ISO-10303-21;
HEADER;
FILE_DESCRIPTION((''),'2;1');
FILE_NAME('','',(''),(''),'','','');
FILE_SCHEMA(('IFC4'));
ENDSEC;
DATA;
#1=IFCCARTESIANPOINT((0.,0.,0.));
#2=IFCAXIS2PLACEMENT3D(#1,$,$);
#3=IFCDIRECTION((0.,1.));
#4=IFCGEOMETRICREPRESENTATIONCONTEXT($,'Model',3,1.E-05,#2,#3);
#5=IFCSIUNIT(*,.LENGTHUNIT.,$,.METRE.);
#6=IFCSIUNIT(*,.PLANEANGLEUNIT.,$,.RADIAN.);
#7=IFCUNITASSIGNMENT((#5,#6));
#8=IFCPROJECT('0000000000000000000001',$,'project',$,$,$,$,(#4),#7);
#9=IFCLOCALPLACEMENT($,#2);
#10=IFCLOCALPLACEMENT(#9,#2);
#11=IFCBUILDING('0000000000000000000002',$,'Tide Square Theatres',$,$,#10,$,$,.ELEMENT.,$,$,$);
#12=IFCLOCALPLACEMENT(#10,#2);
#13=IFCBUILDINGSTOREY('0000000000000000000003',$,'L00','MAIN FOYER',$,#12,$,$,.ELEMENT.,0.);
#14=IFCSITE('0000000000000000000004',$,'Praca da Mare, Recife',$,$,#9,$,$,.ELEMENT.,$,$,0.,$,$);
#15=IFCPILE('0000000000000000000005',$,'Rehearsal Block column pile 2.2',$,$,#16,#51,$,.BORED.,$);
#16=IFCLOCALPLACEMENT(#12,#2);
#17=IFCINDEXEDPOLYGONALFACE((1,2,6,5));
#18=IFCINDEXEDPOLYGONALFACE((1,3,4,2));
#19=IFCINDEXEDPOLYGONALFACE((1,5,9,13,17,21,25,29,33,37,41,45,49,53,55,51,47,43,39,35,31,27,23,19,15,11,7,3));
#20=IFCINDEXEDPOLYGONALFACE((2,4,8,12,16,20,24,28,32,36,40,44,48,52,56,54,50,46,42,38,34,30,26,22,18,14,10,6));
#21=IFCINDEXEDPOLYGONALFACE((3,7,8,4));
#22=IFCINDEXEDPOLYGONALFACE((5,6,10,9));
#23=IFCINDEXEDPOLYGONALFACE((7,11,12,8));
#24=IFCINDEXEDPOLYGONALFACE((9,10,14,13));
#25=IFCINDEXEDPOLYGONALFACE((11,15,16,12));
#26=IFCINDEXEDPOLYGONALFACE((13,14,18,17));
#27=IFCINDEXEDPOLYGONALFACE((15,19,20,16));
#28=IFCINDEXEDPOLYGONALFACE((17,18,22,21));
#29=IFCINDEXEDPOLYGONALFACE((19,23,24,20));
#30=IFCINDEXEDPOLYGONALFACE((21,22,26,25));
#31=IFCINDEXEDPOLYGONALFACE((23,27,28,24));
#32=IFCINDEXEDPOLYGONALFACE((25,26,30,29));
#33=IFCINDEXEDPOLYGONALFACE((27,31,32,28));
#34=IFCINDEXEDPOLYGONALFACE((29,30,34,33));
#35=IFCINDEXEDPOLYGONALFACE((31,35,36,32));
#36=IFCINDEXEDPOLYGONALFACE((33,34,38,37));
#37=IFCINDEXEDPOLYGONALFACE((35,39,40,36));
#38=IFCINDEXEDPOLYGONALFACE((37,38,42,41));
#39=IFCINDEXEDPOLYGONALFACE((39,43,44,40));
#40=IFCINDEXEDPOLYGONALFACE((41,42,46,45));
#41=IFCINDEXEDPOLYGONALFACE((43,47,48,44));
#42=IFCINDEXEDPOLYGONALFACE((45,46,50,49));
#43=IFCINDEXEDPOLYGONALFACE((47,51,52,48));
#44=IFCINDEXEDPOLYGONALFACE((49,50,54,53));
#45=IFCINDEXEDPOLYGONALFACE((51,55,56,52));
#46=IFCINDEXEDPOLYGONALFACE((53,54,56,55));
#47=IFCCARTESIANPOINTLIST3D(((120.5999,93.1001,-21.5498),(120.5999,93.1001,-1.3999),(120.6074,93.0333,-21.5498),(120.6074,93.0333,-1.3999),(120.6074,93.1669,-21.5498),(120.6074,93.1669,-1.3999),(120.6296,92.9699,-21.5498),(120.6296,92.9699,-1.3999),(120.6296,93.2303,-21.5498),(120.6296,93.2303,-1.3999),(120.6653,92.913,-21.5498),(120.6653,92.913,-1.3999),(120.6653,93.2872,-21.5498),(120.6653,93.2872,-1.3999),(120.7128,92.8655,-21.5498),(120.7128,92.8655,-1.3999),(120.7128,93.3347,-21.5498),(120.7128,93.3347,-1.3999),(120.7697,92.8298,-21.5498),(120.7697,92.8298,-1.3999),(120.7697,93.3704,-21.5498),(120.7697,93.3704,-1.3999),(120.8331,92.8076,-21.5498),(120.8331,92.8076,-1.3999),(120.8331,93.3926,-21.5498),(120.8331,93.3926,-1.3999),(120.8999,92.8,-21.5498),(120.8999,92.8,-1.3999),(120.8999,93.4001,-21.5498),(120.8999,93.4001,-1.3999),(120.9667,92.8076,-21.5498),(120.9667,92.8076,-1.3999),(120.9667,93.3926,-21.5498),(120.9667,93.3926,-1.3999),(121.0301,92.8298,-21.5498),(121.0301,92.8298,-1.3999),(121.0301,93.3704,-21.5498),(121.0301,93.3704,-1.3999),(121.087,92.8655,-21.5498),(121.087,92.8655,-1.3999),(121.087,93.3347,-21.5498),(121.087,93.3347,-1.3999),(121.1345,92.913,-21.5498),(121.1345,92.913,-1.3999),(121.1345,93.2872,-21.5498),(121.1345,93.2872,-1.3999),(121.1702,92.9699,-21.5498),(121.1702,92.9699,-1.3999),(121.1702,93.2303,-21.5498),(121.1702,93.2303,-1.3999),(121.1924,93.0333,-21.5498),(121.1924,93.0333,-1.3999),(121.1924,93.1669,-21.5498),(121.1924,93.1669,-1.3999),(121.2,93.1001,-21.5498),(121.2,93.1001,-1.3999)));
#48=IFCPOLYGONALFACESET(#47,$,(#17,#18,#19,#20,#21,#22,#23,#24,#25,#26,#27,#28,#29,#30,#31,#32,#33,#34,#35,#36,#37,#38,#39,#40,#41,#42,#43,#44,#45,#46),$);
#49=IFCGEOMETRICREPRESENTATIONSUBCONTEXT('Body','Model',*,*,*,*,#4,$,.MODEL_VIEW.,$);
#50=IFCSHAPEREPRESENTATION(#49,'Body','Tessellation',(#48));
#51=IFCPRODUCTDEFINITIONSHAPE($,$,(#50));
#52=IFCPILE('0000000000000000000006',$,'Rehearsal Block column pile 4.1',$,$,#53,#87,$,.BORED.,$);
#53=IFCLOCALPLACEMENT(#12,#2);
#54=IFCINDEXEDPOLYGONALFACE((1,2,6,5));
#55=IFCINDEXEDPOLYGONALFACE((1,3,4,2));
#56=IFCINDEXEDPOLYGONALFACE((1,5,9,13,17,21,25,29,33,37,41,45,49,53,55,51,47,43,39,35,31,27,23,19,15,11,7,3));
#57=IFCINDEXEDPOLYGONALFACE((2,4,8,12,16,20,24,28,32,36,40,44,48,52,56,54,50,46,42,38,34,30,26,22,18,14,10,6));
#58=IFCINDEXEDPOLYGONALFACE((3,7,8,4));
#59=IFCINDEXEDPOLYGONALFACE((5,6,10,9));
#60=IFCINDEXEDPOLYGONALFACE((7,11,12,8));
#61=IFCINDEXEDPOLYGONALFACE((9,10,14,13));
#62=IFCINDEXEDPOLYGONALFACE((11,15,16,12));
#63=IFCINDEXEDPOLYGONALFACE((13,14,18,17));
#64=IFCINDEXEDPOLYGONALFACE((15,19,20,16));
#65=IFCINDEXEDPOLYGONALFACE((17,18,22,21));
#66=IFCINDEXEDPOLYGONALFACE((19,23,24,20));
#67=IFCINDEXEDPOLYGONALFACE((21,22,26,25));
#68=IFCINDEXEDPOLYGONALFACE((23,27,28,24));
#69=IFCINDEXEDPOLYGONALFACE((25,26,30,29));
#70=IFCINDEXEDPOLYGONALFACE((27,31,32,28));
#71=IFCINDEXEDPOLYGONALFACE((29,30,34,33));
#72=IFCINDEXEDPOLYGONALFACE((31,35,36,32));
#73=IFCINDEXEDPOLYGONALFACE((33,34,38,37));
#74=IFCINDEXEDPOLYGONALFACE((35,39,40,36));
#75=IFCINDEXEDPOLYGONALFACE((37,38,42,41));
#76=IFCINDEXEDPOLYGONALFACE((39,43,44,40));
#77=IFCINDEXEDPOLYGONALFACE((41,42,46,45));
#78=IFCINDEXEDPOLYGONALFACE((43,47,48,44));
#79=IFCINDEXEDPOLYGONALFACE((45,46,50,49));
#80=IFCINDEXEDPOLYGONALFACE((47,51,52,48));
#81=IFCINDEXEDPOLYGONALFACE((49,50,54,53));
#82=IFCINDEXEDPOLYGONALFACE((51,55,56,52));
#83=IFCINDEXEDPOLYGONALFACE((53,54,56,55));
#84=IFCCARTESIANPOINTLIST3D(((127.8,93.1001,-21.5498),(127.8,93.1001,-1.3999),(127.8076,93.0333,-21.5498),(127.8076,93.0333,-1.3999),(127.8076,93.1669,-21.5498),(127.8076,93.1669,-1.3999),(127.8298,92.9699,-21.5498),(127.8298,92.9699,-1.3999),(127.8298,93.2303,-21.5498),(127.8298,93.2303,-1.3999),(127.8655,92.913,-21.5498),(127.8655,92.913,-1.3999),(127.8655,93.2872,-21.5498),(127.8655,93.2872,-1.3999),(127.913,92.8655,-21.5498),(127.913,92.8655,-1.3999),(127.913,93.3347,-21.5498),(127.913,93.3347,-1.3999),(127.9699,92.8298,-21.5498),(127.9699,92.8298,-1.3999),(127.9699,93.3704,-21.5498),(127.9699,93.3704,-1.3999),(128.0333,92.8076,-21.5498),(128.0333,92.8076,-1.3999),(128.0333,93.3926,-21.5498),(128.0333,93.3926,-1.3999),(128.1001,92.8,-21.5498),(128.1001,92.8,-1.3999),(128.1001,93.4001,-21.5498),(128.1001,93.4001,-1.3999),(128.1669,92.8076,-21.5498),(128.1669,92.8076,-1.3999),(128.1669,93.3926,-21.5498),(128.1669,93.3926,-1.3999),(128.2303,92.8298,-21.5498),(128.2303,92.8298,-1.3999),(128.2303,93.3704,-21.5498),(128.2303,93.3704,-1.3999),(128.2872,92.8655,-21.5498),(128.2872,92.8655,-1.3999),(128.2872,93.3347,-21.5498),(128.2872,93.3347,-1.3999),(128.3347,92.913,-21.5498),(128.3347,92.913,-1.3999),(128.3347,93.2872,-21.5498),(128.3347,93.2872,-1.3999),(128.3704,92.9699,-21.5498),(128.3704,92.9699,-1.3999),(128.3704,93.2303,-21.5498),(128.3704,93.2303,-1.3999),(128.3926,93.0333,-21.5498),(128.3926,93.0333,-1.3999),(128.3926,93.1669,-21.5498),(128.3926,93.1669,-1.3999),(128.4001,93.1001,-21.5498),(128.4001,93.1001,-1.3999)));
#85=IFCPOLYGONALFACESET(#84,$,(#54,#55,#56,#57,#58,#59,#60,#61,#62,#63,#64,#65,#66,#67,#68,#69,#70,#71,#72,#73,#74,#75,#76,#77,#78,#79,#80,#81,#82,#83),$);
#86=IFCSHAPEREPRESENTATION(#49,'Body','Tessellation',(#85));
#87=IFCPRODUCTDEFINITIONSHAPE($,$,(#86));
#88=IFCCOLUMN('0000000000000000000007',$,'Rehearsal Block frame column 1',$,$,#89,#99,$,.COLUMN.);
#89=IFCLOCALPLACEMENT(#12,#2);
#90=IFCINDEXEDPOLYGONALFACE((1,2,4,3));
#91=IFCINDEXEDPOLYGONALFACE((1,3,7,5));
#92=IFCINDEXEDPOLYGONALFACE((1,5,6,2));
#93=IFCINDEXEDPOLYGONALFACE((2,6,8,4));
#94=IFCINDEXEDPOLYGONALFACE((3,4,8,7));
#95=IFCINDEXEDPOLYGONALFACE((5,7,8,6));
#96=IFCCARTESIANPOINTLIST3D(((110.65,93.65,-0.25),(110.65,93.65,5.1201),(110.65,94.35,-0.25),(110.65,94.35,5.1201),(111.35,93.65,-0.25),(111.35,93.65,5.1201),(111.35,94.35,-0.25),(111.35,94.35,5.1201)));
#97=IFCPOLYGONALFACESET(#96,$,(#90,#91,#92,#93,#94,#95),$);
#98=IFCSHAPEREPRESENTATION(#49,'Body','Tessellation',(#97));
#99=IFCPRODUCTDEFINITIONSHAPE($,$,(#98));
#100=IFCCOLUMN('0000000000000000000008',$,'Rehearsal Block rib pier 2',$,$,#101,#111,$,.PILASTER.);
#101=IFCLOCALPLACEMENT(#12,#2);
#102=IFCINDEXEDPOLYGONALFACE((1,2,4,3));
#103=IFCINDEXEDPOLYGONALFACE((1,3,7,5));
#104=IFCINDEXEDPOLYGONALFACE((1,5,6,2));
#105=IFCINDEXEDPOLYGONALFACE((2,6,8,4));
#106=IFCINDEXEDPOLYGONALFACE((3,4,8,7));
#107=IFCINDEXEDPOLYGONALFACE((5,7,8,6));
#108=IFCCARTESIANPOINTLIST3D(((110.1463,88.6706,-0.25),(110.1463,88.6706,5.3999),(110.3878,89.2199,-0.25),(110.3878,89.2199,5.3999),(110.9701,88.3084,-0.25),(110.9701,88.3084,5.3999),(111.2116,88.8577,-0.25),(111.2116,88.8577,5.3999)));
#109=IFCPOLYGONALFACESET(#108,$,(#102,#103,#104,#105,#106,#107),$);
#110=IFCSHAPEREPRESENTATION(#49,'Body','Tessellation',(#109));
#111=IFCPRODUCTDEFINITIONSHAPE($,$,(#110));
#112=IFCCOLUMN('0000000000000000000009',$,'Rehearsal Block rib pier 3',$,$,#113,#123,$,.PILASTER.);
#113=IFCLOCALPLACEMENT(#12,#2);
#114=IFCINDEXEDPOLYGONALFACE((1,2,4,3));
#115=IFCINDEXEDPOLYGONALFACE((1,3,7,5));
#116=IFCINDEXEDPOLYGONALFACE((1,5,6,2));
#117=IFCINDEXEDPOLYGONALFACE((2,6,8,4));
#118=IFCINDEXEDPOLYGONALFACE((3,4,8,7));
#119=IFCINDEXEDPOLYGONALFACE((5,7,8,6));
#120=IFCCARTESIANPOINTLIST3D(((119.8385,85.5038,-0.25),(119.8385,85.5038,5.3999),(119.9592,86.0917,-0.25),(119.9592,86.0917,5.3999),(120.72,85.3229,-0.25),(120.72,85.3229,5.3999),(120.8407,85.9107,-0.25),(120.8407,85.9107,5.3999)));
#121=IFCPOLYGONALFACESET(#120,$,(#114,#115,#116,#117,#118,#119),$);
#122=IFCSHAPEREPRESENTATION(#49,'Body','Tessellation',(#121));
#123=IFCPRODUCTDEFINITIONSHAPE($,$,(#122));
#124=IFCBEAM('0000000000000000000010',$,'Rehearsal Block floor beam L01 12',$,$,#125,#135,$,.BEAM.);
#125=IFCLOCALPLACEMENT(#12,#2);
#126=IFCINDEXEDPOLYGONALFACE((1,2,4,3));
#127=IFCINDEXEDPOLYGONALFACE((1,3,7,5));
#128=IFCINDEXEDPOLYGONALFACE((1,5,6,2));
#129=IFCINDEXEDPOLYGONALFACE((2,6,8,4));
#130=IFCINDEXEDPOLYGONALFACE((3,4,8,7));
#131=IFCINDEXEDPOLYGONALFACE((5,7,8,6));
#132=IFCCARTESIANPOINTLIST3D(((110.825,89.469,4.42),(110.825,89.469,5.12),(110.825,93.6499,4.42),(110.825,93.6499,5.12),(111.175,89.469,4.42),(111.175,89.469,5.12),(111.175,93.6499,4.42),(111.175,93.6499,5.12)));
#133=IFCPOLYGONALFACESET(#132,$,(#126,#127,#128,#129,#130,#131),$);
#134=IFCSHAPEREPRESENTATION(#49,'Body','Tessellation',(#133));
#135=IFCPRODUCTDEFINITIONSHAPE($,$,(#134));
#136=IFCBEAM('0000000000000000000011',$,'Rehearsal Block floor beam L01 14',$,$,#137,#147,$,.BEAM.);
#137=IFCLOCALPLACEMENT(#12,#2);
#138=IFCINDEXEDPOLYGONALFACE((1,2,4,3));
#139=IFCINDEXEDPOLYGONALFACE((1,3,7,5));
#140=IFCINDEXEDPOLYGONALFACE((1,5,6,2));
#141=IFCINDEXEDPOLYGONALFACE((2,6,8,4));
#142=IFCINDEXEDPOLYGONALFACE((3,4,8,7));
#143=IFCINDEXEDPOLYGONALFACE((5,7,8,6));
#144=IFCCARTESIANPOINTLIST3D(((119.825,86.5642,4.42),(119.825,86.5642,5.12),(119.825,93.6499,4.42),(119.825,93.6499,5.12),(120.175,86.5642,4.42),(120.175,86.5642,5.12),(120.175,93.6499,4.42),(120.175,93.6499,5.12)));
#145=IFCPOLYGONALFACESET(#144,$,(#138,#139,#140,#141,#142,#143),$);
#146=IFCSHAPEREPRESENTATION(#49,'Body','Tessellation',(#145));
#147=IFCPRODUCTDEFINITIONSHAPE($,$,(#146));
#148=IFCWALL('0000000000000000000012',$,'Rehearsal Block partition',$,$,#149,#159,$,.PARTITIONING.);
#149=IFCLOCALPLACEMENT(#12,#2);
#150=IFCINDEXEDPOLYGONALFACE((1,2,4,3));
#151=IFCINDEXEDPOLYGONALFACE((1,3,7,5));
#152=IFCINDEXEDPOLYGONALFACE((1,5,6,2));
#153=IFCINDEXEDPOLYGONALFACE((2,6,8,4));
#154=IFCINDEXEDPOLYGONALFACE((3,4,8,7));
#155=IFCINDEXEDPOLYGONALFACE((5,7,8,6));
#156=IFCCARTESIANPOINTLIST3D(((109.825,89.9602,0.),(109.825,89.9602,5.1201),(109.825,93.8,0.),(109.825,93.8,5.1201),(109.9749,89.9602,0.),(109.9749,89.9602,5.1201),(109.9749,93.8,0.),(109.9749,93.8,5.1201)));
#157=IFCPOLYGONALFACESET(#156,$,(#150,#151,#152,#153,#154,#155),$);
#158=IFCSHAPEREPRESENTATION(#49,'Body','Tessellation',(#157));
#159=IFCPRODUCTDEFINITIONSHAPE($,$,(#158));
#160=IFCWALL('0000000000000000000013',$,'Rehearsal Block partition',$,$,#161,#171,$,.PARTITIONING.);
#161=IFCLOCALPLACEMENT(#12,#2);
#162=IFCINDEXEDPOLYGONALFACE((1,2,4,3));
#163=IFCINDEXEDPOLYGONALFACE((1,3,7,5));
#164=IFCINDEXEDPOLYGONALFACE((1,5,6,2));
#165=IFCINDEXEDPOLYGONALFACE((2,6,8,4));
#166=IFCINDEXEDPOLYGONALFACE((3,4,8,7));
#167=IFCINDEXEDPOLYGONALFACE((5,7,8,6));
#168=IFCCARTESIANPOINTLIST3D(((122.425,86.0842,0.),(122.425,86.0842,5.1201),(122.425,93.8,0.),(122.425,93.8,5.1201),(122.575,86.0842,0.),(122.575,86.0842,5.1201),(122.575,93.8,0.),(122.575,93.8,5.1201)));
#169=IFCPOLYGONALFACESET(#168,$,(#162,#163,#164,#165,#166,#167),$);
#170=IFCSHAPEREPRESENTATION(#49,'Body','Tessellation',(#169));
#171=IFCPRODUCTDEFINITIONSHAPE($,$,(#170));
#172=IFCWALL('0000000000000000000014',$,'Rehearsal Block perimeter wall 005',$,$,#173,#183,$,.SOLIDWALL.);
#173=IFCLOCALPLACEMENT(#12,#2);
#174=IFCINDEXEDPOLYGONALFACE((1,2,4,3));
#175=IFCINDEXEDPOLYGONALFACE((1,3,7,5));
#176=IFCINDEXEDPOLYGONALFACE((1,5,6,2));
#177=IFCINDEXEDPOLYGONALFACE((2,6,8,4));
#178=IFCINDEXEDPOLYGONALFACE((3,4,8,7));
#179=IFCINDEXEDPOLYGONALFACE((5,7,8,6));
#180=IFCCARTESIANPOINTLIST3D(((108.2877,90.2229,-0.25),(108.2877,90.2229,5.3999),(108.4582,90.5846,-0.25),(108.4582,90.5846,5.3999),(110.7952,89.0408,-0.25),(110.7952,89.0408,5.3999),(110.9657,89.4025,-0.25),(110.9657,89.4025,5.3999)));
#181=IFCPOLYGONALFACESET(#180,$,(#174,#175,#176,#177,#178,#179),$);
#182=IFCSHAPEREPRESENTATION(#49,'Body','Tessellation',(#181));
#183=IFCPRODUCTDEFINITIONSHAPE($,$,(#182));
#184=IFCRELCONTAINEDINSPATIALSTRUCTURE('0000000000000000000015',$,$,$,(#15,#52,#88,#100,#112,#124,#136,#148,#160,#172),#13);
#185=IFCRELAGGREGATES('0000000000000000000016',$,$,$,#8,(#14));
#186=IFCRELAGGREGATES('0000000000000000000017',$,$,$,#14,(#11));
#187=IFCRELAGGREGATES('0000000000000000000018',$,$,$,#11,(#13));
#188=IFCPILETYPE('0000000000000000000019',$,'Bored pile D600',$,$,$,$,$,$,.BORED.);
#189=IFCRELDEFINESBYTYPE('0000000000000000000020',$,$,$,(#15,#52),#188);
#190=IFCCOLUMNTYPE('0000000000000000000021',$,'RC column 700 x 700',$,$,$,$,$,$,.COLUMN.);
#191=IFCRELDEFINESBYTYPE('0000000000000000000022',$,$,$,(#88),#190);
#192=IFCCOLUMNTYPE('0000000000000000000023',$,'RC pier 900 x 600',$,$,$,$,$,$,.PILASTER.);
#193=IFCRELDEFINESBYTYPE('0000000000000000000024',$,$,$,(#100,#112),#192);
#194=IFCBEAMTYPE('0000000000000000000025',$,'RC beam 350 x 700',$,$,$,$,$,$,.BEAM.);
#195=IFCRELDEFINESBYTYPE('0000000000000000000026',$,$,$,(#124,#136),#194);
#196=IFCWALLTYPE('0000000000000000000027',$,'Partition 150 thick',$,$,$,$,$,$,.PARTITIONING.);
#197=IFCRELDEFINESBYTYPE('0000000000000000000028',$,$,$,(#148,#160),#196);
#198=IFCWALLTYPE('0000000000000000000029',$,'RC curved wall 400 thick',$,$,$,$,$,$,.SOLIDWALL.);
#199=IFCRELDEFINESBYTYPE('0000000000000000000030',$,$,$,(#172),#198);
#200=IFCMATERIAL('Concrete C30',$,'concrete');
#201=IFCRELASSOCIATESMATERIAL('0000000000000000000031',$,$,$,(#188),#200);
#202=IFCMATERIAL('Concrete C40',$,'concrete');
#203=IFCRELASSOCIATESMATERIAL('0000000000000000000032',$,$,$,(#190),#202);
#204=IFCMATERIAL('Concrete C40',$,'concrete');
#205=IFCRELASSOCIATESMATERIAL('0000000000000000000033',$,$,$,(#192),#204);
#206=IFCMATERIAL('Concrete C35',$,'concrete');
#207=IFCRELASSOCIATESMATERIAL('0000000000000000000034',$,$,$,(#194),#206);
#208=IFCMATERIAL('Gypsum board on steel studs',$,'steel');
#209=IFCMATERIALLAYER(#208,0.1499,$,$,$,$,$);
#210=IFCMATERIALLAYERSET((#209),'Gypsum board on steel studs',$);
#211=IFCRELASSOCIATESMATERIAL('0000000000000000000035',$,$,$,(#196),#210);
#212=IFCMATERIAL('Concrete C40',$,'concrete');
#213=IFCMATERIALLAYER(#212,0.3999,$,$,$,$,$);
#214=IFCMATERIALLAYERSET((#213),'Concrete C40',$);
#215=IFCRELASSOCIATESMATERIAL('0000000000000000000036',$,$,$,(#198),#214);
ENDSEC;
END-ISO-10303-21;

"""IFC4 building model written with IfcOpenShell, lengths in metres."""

from ifc_helpers import new_model, si_unit, direction, frame, frame_2d, origin, origin_2d, place, context, subcontext, project, spatial, rectangle, circle, extrude, material, layer, layer_set, material_profile, profile_set, type_object, element, save


model = new_model("IFC4")

# Units and contexts
model_context = context("Model", 3, precision=1e-05, world=origin(), true_north=direction((0.0, 1.0)))
body_context = subcontext(model_context, "Body", "Model", "MODEL_VIEW")
ifc_project = project(units=[si_unit("LENGTHUNIT", "METRE"), si_unit("PLANEANGLEUNIT", "RADIAN")], contexts=[model_context])

# Site, building, storey
site_placement = place(None, origin())
site = spatial("IfcSite", under=ifc_project, at=site_placement, Name="Praca da Mare, Recife", CompositionType="ELEMENT", RefElevation=0.0)
building_placement = place(site_placement, origin())
building = spatial("IfcBuilding", under=site, at=building_placement, Name="Tide Square Theatres", CompositionType="ELEMENT")
storey_placement = place(building_placement, origin())
storey = spatial("IfcBuildingStorey", under=building, at=storey_placement, Name="L00", Description="MAIN FOYER", CompositionType="ELEMENT", Elevation=0.0)

# Piles
ifc_material_1 = material(Name="Concrete C30", Category="concrete")
ifc_material_profile_1 = material_profile(ifc_material_1, circle(Radius=0.3, at=origin_2d()))
ifc_profile_set_1 = profile_set([ifc_material_profile_1], Name="Concrete C30")
pile_type = type_object("IfcPileType", Name="Bored pile D600", PredefinedType="BORED", material=ifc_profile_set_1)
for number, where, z_axis, x_axis, name in (
    (1, (120.8999, 93.1001, -1.3999), (0.0, 0.0, -1.0), (1.0, 0.0, 0.0), "Rehearsal Block column pile 2.2"),
    (2, (128.1001, 93.1001, -1.3999), (0.0, 0.0, -1.0), (1.0, 0.0, 0.0), "Rehearsal Block column pile 4.1"),
):
    element("IfcPile", number, at=place(storey_placement, frame(where, z_axis=z_axis, x_axis=x_axis)), inside=storey, type_object=pile_type, Name=name, PredefinedType="BORED", context=body_context, shape_type="SweptSolid", body=[
        extrude(circle(Radius=0.3, at=origin_2d()), origin(), (0.0, 0.0, 1.0), 20.1499),
    ])

# Columns
ifc_material_2 = material(Name="Concrete C40", Category="concrete")
ifc_material_profile_2 = material_profile(ifc_material_2, rectangle(XDim=0.7, YDim=0.7, at=origin_2d()))
ifc_profile_set_2 = profile_set([ifc_material_profile_2], Name="Concrete C40")
column_type_1 = type_object("IfcColumnType", Name="RC column 700 x 700", PredefinedType="COLUMN", material=ifc_profile_set_2)
column_placement = place(storey_placement, frame((111.0, 94.0, -0.25), z_axis=(0.0, 0.0, 1.0), x_axis=(1.0, 0.0, 0.0)))
element("IfcColumn", 3, at=column_placement, inside=storey, type_object=column_type_1, Name="Rehearsal Block frame column 1", PredefinedType="COLUMN", context=body_context, shape_type="SweptSolid", body=[
    extrude(rectangle(XDim=0.7, YDim=0.7, at=origin_2d()), origin(), (0.0, 0.0, 1.0), 5.3701),
])
ifc_material_3 = material(Name="Concrete C40", Category="concrete")
ifc_material_profile_3 = material_profile(ifc_material_3, rectangle(XDim=0.8999, YDim=0.6001, at=origin_2d()))
ifc_profile_set_3 = profile_set([ifc_material_profile_3], Name="Concrete C40")
column_type_2 = type_object("IfcColumnType", Name="RC pier 900 x 600", PredefinedType="PILASTER", material=ifc_profile_set_3)
for number, where, z_axis, x_axis, name in (
    (4, (110.679, 88.7642, -0.25), (0.0, 0.0, 1.0), (0.915419, -0.402502, 0.0), "Rehearsal Block rib pier 2"),
    (5, (120.3396, 85.7073, -0.25), (0.0, 0.0, 1.0), (0.979575, -0.201079, 0.0), "Rehearsal Block rib pier 3"),
):
    element("IfcColumn", number, at=place(storey_placement, frame(where, z_axis=z_axis, x_axis=x_axis)), inside=storey, type_object=column_type_2, Name=name, PredefinedType="PILASTER", context=body_context, shape_type="SweptSolid", body=[
        extrude(rectangle(XDim=0.8999, YDim=0.6001, at=origin_2d()), origin(), (0.0, 0.0, 1.0), 5.6499),
    ])

# Beams
ifc_material_4 = material(Name="Concrete C35", Category="concrete")
ifc_material_profile_4 = material_profile(ifc_material_4, rectangle(XDim=0.3501, YDim=0.7, at=origin_2d()))
ifc_profile_set_4 = profile_set([ifc_material_profile_4], Name="Concrete C35")
beam_type = type_object("IfcBeamType", Name="RC beam 350 x 700", PredefinedType="BEAM", material=ifc_profile_set_4)
beam_1_placement = place(storey_placement, frame((111.0, 89.469, 4.77), z_axis=(0.0, 1.0, 0.0), x_axis=(-1.0, 0.0, 0.0)))
element("IfcBeam", 6, at=beam_1_placement, inside=storey, type_object=beam_type, Name="Rehearsal Block floor beam L01 12", PredefinedType="BEAM", context=body_context, shape_type="SweptSolid", body=[
    extrude(rectangle(XDim=0.3501, YDim=0.7, at=origin_2d()), origin(), (0.0, 0.0, 1.0), 4.1809),
])
beam_2_placement = place(storey_placement, frame((120.0, 86.5642, 4.77), z_axis=(0.0, 1.0, 0.0), x_axis=(-1.0, 0.0, 0.0)))
element("IfcBeam", 7, at=beam_2_placement, inside=storey, type_object=beam_type, Name="Rehearsal Block floor beam L01 14", PredefinedType="BEAM", context=body_context, shape_type="SweptSolid", body=[
    extrude(rectangle(XDim=0.3501, YDim=0.7, at=origin_2d()), origin(), (0.0, 0.0, 1.0), 7.0857),
])

# Walls
ifc_material_5 = material(Name="Gypsum board on steel studs", Category="steel")
ifc_layer_1 = layer(ifc_material_5, 0.1499)
ifc_layer_set_1 = layer_set([ifc_layer_1], Name="Gypsum board on steel studs")
wall_type_1 = type_object("IfcWallType", Name="Partition 150 thick", PredefinedType="PARTITIONING", material=ifc_layer_set_1)
wall_1_placement = place(storey_placement, frame((109.8999, 93.8, 0.0), z_axis=(0.0, 0.0, 1.0), x_axis=(0.0, -1.0, 0.0)))
element("IfcWall", 8, at=wall_1_placement, inside=storey, type_object=wall_type_1, Name="Rehearsal Block partition", PredefinedType="PARTITIONING", context=body_context, shape_type="SweptSolid", body=[
    extrude(rectangle(XDim=3.8398, YDim=0.1499, at=frame_2d((1.9199, 0.0))), origin(), (0.0, 0.0, 1.0), 5.1201),
])
wall_2_placement = place(storey_placement, frame((122.5, 93.8, 0.0), z_axis=(0.0, 0.0, 1.0), x_axis=(0.0, -1.0, 0.0)))
element("IfcWall", 9, at=wall_2_placement, inside=storey, type_object=wall_type_1, Name="Rehearsal Block partition", PredefinedType="PARTITIONING", context=body_context, shape_type="SweptSolid", body=[
    extrude(rectangle(XDim=7.7158, YDim=0.1499, at=frame_2d((3.8579, 0.0))), origin(), (0.0, 0.0, 1.0), 5.1201),
])
ifc_material_6 = material(Name="Concrete C40", Category="concrete")
ifc_layer_2 = layer(ifc_material_6, 0.3999)
ifc_layer_set_2 = layer_set([ifc_layer_2], Name="Concrete C40")
wall_type_2 = type_object("IfcWallType", Name="RC curved wall 400 thick", PredefinedType="SOLIDWALL", material=ifc_layer_set_2)
wall_3_placement = place(storey_placement, frame((108.3728, 90.4038, -0.25), z_axis=(0.0, 0.0, 1.0), x_axis=(0.904527, -0.426416, 0.0)))
element("IfcWall", 10, at=wall_3_placement, inside=storey, type_object=wall_type_2, Name="Rehearsal Block perimeter wall 005", PredefinedType="SOLIDWALL", context=body_context, shape_type="SweptSolid", body=[
    extrude(rectangle(XDim=2.7722, YDim=0.3999, at=frame_2d((1.3862, 0.0))), origin(), (0.0, 0.0, 1.0), 5.6499),
])

save(model, "model.ifc")
